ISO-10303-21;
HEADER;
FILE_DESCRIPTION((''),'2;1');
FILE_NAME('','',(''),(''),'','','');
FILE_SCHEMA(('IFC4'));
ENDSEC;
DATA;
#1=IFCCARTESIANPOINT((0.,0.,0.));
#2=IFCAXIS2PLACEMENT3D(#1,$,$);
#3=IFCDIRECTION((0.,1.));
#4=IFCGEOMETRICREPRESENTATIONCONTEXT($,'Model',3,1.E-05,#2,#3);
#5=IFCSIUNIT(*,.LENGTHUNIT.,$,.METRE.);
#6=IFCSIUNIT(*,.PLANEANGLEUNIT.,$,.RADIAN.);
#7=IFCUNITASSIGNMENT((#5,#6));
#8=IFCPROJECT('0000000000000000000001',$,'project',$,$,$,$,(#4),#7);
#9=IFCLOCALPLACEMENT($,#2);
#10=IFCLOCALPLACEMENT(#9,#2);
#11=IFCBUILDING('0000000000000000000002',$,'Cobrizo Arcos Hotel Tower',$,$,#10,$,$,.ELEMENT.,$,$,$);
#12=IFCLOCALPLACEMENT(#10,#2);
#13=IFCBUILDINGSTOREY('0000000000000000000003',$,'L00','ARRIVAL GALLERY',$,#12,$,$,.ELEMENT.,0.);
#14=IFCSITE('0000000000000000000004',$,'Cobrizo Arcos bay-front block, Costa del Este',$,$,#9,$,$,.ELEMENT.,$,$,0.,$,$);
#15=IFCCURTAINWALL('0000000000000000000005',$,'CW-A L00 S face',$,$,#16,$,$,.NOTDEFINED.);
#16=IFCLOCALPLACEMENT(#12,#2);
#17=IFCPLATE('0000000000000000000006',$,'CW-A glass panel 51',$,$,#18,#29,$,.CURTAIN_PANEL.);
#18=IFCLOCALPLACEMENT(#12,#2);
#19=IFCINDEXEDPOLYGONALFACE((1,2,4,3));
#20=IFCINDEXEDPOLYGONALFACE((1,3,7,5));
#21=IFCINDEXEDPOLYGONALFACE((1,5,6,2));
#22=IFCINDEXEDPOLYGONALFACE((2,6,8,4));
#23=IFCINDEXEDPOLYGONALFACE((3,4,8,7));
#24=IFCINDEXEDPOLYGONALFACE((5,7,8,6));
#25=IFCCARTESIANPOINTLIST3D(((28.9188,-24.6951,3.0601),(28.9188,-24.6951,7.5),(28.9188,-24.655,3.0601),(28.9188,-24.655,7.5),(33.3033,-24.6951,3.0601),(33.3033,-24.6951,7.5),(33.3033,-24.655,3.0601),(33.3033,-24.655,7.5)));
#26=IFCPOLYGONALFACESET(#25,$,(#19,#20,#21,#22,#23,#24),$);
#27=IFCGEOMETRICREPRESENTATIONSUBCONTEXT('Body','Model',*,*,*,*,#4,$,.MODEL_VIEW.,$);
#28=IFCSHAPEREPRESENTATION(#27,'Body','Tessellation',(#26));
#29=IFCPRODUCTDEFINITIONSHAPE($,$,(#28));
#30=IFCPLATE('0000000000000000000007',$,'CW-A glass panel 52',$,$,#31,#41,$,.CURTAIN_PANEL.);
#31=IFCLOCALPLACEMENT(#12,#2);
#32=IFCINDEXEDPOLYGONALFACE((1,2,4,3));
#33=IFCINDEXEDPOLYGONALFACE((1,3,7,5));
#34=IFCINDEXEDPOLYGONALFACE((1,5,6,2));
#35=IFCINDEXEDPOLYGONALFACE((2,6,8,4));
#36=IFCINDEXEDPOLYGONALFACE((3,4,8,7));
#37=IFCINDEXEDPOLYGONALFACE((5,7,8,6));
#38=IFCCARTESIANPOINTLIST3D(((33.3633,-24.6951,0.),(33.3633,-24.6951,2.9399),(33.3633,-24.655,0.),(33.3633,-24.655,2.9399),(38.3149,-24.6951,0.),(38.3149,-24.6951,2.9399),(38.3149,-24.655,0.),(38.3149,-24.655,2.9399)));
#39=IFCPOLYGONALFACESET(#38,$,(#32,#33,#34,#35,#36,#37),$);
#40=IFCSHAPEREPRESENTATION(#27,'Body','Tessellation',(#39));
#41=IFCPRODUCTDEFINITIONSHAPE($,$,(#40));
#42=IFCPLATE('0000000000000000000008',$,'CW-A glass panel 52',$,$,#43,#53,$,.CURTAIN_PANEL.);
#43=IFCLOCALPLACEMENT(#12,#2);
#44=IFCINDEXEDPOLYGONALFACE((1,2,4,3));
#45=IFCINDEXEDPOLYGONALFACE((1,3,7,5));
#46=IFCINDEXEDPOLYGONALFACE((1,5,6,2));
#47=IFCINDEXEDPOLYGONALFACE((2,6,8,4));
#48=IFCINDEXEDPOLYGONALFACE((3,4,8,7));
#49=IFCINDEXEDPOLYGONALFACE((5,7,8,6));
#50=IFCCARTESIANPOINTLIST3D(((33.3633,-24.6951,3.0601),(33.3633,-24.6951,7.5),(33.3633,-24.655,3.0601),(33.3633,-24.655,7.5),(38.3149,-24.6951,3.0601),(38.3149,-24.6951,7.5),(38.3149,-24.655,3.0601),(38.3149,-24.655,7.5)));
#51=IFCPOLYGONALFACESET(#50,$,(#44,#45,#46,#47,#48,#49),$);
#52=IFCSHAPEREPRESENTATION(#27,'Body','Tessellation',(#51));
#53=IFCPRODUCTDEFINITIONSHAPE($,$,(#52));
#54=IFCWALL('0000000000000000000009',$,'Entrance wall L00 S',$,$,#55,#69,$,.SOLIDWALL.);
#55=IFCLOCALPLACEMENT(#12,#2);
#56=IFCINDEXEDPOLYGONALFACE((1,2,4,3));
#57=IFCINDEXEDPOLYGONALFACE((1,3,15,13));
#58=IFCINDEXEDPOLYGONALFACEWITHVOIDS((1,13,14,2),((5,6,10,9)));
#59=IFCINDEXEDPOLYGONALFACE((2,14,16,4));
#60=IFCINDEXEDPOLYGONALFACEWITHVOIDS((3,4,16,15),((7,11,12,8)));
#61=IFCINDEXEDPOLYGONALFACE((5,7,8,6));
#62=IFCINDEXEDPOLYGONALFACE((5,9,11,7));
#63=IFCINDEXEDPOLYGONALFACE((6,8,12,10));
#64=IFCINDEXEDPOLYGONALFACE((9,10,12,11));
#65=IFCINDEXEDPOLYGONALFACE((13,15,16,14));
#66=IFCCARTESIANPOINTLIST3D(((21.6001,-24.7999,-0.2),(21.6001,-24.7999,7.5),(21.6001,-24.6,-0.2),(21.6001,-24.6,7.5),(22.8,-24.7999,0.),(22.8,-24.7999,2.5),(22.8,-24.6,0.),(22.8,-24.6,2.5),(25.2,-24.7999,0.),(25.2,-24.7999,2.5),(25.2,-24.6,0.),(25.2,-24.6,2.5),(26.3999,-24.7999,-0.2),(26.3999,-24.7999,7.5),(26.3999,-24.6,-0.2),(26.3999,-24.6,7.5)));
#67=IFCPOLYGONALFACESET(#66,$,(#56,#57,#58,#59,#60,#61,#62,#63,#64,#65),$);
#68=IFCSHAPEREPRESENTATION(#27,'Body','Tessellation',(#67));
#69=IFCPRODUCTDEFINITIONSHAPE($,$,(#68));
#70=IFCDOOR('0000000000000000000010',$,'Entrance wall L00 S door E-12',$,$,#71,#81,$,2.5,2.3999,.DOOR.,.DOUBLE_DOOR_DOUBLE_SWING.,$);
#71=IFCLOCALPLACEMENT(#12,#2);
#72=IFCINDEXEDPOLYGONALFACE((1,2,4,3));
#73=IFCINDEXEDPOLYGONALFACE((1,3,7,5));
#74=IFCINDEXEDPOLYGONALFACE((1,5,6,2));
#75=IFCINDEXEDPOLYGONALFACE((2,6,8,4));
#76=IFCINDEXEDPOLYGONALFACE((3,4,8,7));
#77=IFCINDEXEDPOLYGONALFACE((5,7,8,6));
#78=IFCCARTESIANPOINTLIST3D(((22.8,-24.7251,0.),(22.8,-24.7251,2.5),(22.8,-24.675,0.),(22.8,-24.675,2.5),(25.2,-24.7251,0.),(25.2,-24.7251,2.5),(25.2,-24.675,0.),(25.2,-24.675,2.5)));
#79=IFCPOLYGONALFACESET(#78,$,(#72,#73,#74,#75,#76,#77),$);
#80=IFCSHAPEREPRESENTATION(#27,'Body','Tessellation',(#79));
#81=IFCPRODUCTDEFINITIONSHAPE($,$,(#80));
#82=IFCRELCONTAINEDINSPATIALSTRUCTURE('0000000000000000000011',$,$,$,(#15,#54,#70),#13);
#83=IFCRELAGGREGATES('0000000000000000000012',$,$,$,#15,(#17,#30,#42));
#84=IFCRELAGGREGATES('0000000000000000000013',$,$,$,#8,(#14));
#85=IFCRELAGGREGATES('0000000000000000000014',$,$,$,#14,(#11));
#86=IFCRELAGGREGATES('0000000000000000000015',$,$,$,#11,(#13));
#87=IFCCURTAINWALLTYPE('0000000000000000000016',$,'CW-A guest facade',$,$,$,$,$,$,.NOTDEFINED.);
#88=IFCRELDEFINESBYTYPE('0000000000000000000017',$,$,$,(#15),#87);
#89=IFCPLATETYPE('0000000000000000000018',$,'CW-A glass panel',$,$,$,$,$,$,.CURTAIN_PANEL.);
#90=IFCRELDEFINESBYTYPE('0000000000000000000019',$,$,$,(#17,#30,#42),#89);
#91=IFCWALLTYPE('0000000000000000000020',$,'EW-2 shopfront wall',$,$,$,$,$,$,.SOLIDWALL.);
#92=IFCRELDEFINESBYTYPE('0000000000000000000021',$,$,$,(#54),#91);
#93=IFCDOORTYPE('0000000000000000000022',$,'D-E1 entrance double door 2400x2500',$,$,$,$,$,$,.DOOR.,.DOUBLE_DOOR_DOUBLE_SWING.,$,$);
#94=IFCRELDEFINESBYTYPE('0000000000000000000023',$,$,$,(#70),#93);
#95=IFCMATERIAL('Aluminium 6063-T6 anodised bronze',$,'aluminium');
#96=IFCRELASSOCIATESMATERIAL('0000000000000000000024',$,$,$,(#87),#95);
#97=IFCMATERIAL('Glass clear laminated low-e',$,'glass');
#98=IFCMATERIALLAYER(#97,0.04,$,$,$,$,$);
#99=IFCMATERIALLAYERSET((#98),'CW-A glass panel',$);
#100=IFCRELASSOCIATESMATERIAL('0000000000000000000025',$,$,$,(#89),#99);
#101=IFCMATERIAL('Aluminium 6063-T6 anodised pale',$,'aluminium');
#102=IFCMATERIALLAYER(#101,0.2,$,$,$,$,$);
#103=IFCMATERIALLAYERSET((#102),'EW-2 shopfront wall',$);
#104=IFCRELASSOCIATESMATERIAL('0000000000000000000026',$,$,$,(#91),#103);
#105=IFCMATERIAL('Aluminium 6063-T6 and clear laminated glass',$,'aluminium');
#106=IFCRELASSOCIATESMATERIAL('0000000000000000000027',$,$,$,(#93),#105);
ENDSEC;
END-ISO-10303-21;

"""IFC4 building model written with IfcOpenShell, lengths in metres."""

from ifc_helpers import new_model, si_unit, direction, frame, frame_2d, origin, origin_2d, place, context, subcontext, project, spatial, rectangle, extrude, material, layer, layer_set, type_object, element, fill, aggregate, save


model = new_model("IFC4")

# Units and contexts
model_context = context("Model", 3, precision=1e-05, world=origin(), true_north=direction((0.0, 1.0)))
body_context = subcontext(model_context, "Body", "Model", "MODEL_VIEW")
ifc_project = project(units=[si_unit("LENGTHUNIT", "METRE"), si_unit("PLANEANGLEUNIT", "RADIAN")], contexts=[model_context])

# Site, building, storey
site_placement = place(None, origin())
site = spatial("IfcSite", under=ifc_project, at=site_placement, Name="Cobrizo Arcos bay-front block, Costa del Este", CompositionType="ELEMENT", RefElevation=0.0)
building_placement = place(site_placement, origin())
building = spatial("IfcBuilding", under=site, at=building_placement, Name="Cobrizo Arcos Hotel Tower", CompositionType="ELEMENT")
storey_placement = place(building_placement, origin())
storey = spatial("IfcBuildingStorey", under=building, at=storey_placement, Name="L00", Description="ARRIVAL GALLERY", CompositionType="ELEMENT", Elevation=0.0)

# Shared definitions
ifc_material_1 = material(Name="Aluminium 6063-T6 anodised bronze", Category="aluminium")
curtain_wall_type_1 = type_object("IfcCurtainWallType", Name="CW-A guest facade", PredefinedType="NOTDEFINED", material=ifc_material_1)

# Curtain wall
curtain_wall_1_placement = place(storey_placement, origin())
curtain_wall_1 = element("IfcCurtainWall", 1, at=curtain_wall_1_placement, inside=storey, type_object=curtain_wall_type_1, Name="CW-A L00 S face", PredefinedType="NOTDEFINED")

# Plates
ifc_material_2 = material(Name="Glass clear laminated low-e", Category="glass")
ifc_layer_1 = layer(ifc_material_2, 0.04)
ifc_layer_set_1 = layer_set([ifc_layer_1], Name="CW-A glass panel")
plate_type = type_object("IfcPlateType", Name="CW-A glass panel", PredefinedType="CURTAIN_PANEL", material=ifc_layer_set_1)
plate_1_placement = place(storey_placement, frame((31.1111, -24.675, 3.0601), z_axis=(0.0, 0.0, 1.0), x_axis=(1.0, 0.0, 0.0)))
plate_1 = element("IfcPlate", 2, at=plate_1_placement, type_object=plate_type, Name="CW-A glass panel 51", PredefinedType="CURTAIN_PANEL", context=body_context, shape_type="SweptSolid", body=[
    extrude(rectangle(XDim=4.3845, YDim=0.04, at=origin_2d()), origin(), (0.0, 0.0, 1.0), 4.4399),
])
plate_2_placement = place(storey_placement, frame((35.8391, -24.675, 0.0), z_axis=(0.0, 0.0, 1.0), x_axis=(1.0, 0.0, 0.0)))
plate_2 = element("IfcPlate", 3, at=plate_2_placement, type_object=plate_type, Name="CW-A glass panel 52", PredefinedType="CURTAIN_PANEL", context=body_context, shape_type="SweptSolid", body=[
    extrude(rectangle(XDim=4.9517, YDim=0.04, at=origin_2d()), origin(), (0.0, 0.0, 1.0), 2.9399),
])
plate_3_placement = place(storey_placement, frame((35.8391, -24.675, 3.0601), z_axis=(0.0, 0.0, 1.0), x_axis=(1.0, 0.0, 0.0)))
plate_3 = element("IfcPlate", 4, at=plate_3_placement, type_object=plate_type, Name="CW-A glass panel 52", PredefinedType="CURTAIN_PANEL", context=body_context, shape_type="SweptSolid", body=[
    extrude(rectangle(XDim=4.9517, YDim=0.04, at=origin_2d()), origin(), (0.0, 0.0, 1.0), 4.4399),
])
aggregate(curtain_wall_1, [plate_1, plate_2, plate_3])

# Wall, opening, door
ifc_material_3 = material(Name="Aluminium 6063-T6 anodised pale", Category="aluminium")
ifc_layer_2 = layer(ifc_material_3, 0.2)
ifc_layer_set_2 = layer_set([ifc_layer_2], Name="EW-2 shopfront wall")
wall_type = type_object("IfcWallType", Name="EW-2 shopfront wall", PredefinedType="SOLIDWALL", material=ifc_layer_set_2)
wall_placement = place(storey_placement, frame((21.6001, -24.7, -0.2), z_axis=(0.0, 0.0, 1.0), x_axis=(1.0, 0.0, 0.0)))
wall = element("IfcWall", 5, at=wall_placement, inside=storey, type_object=wall_type, Name="Entrance wall L00 S", PredefinedType="SOLIDWALL", context=body_context, shape_type="SweptSolid", body=[
    extrude(rectangle(XDim=4.7998, YDim=0.2, at=frame_2d((2.3999, 0.0))), origin(), (0.0, 0.0, 1.0), 7.7),
])
opening_placement = place(wall_placement, frame((1.2, 0.0, 0.2)))
opening = element("IfcOpeningElement", 6, at=opening_placement, cuts=wall, PredefinedType="OPENING", context=body_context, shape_type="SweptSolid", body=[
    extrude(rectangle(XDim=2.3999, YDim=2.5, at=frame_2d((1.2, 1.25))), frame((0.0, 0.1121, 0.0), z_axis=(0.0, -1.0, 0.0), x_axis=(1.0, 0.0, 0.0)), (0.0, 0.0, 1.0), 0.2239),
])
ifc_material_4 = material(Name="Aluminium 6063-T6 and clear laminated glass", Category="aluminium")
door_type = type_object("IfcDoorType", Name="D-E1 entrance double door 2400x2500", OperationType="DOUBLE_DOOR_DOUBLE_SWING", PredefinedType="DOOR", material=ifc_material_4)
door_placement = place(opening_placement, origin())
door = element("IfcDoor", 7, at=door_placement, inside=storey, type_object=door_type, Name="Entrance wall L00 S door E-12", OperationType="DOUBLE_DOOR_DOUBLE_SWING", OverallHeight=2.5, OverallWidth=2.3999, PredefinedType="DOOR", context=body_context, shape_type="SweptSolid", body=[
    extrude(rectangle(XDim=2.3999, YDim=2.5, at=frame_2d((1.2, 1.25))), frame((0.0, 0.0249, 0.0), z_axis=(0.0, -1.0, 0.0), x_axis=(1.0, 0.0, 0.0)), (0.0, 0.0, 1.0), 0.05),
])
fill(opening, door)

save(model, "model.ifc")
